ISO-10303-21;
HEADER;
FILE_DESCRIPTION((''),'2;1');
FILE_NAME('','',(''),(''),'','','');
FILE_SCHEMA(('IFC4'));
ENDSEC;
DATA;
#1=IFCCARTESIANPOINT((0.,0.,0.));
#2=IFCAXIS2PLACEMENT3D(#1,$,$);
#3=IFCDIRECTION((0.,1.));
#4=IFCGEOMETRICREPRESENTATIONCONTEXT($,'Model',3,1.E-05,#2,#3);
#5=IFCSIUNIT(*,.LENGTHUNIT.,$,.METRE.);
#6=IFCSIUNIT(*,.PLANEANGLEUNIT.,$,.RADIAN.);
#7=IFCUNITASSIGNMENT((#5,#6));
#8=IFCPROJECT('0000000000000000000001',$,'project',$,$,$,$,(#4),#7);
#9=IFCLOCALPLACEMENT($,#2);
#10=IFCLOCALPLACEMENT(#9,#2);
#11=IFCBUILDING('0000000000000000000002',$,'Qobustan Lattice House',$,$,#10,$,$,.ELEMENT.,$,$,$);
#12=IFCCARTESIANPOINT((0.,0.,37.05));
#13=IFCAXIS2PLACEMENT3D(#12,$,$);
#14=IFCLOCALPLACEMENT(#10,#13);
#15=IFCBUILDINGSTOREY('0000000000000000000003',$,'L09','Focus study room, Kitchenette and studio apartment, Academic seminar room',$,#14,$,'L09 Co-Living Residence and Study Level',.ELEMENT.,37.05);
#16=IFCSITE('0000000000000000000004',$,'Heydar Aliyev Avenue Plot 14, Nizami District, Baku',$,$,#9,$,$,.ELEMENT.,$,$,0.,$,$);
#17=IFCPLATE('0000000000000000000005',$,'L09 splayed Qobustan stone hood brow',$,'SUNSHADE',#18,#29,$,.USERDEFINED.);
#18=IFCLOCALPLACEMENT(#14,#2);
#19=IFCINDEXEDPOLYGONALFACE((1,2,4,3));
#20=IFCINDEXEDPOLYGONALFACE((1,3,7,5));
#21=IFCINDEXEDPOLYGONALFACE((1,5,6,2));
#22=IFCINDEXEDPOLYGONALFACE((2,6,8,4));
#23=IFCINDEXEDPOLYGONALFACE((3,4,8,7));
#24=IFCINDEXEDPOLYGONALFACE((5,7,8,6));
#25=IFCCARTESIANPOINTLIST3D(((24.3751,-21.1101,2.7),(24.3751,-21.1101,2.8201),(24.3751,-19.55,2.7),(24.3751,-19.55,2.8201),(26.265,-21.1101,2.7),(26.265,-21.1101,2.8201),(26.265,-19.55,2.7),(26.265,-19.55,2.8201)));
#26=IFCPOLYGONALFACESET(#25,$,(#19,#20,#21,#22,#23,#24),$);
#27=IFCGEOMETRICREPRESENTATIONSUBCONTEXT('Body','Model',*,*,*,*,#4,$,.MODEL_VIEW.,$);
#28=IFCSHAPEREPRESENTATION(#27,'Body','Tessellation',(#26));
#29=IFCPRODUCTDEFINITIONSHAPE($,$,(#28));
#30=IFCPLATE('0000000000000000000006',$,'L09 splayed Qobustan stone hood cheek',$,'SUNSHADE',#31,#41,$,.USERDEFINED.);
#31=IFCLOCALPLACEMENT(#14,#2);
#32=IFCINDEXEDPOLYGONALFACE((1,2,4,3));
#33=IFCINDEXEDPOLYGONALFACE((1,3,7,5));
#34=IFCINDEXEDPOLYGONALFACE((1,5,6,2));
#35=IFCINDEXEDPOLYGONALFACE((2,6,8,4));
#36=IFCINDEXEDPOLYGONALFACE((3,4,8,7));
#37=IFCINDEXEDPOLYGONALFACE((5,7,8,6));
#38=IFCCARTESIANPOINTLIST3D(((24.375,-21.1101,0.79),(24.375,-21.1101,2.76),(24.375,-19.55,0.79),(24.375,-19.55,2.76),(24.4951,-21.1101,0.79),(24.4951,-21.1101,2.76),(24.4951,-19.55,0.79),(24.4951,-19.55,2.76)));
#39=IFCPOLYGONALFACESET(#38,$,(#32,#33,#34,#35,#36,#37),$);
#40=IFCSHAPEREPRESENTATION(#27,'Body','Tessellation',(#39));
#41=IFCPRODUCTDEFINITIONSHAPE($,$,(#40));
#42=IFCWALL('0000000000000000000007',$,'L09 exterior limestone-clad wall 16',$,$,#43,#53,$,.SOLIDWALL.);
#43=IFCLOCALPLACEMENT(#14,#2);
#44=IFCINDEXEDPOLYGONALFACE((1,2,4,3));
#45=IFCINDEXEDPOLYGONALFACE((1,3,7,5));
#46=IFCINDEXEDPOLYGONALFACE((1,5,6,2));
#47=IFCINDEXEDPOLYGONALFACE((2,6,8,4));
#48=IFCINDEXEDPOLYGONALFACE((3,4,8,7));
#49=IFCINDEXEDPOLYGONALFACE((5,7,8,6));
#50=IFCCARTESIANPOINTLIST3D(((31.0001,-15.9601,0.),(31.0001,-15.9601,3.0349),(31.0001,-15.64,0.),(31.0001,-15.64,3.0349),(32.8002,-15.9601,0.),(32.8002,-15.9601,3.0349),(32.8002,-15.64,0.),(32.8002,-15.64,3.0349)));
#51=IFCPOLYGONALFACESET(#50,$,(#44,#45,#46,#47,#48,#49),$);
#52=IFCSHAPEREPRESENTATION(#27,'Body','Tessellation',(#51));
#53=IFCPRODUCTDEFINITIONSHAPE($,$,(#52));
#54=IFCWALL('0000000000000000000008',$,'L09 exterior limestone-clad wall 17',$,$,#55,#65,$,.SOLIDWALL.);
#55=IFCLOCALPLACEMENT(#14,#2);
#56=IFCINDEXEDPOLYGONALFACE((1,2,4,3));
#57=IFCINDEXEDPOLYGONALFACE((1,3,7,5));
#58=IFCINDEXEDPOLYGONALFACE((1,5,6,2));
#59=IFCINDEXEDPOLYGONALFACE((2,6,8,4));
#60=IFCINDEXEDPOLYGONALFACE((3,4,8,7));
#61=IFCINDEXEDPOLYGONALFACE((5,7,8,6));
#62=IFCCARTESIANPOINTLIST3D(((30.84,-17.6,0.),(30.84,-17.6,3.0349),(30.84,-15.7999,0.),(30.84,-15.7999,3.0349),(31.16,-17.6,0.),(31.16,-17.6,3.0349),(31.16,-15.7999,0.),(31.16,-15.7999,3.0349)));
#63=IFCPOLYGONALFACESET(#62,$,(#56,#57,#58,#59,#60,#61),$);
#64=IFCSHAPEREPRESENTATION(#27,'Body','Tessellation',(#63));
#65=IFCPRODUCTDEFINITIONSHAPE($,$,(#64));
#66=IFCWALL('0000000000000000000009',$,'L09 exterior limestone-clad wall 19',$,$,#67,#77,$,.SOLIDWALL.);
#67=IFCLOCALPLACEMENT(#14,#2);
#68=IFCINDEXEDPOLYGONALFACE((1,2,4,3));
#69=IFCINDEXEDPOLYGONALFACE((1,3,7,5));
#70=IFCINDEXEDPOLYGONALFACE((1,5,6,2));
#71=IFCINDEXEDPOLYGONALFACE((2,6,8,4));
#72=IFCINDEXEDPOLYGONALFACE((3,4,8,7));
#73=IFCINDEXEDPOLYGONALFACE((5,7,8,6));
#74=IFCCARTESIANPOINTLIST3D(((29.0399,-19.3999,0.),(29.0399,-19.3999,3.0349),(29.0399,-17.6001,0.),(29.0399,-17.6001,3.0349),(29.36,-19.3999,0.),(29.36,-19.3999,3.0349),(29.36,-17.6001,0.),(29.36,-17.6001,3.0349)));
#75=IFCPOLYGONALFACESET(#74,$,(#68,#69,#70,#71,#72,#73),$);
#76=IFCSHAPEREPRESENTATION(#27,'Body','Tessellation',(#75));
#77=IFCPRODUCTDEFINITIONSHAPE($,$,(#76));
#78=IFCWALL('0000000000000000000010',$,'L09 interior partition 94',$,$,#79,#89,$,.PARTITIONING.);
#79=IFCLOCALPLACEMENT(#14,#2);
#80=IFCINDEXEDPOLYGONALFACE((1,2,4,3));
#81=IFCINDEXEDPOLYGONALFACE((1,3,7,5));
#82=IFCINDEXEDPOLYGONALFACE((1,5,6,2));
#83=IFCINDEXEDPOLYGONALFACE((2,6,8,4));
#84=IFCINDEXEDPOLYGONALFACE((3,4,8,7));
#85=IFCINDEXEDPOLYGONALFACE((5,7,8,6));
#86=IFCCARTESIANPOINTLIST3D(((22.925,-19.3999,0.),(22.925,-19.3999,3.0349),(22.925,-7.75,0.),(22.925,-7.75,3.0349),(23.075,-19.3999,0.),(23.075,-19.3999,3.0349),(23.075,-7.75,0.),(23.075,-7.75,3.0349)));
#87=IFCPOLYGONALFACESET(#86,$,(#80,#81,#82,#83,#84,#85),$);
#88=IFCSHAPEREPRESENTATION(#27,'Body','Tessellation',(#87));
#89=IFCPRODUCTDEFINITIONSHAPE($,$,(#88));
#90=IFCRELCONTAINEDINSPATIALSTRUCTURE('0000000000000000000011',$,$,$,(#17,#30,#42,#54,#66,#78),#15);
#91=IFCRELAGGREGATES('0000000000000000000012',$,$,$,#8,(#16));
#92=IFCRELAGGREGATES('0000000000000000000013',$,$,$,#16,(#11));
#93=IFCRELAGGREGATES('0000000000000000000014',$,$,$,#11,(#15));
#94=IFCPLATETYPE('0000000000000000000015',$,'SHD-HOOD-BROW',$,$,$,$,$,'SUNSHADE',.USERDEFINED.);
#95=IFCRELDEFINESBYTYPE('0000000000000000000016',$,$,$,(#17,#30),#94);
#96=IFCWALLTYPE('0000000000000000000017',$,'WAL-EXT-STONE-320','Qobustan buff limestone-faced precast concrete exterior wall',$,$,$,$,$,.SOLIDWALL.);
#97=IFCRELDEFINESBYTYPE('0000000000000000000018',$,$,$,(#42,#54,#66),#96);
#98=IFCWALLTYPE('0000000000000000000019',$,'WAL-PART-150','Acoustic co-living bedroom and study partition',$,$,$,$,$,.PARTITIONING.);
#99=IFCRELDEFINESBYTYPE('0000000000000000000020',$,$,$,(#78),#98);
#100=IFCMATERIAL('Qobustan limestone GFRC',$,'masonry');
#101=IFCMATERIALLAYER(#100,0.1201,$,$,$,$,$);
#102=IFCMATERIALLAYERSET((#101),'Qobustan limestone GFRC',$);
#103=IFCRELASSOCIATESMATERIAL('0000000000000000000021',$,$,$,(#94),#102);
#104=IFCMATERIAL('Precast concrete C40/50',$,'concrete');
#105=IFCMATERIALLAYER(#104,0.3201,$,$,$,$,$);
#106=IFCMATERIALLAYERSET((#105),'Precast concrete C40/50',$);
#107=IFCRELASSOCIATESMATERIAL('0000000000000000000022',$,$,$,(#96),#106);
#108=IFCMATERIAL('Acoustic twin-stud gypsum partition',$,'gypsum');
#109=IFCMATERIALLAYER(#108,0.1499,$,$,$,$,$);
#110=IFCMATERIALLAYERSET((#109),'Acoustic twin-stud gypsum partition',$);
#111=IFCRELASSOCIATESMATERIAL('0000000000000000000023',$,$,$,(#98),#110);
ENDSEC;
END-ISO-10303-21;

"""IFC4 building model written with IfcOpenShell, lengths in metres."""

from ifc_helpers import new_model, si_unit, direction, frame, frame_2d, origin, origin_2d, place, context, subcontext, project, spatial, rectangle, extrude, material, layer, layer_set, type_object, element, save


model = new_model("IFC4")

# Units and contexts
model_context = context("Model", 3, precision=1e-05, world=origin(), true_north=direction((0.0, 1.0)))
body_context = subcontext(model_context, "Body", "Model", "MODEL_VIEW")
ifc_project = project(units=[si_unit("LENGTHUNIT", "METRE"), si_unit("PLANEANGLEUNIT", "RADIAN")], contexts=[model_context])

# Site, building, storey
site_placement = place(None, origin())
site = spatial("IfcSite", under=ifc_project, at=site_placement, Name="Heydar Aliyev Avenue Plot 14, Nizami District, Baku", CompositionType="ELEMENT", RefElevation=0.0)
building_placement = place(site_placement, origin())
building = spatial("IfcBuilding", under=site, at=building_placement, Name="Qobustan Lattice House", CompositionType="ELEMENT")
storey_placement = place(building_placement, frame((0.0, 0.0, 37.05)))
storey = spatial("IfcBuildingStorey", under=building, at=storey_placement, Name="L09", Description="Focus study room, Kitchenette and studio apartment, Academic seminar room", LongName="L09 Co-Living Residence and Study Level", CompositionType="ELEMENT", Elevation=37.05)

# Plates
ifc_material_1 = material(Name="Qobustan limestone GFRC", Category="masonry")
ifc_layer_1 = layer(ifc_material_1, 0.1201)
ifc_layer_set_1 = layer_set([ifc_layer_1], Name="Qobustan limestone GFRC")
plate_type_1 = type_object("IfcPlateType", Name="SHD-HOOD-BROW", ElementType="SUNSHADE", PredefinedType="USERDEFINED", material=ifc_layer_set_1)
plate_1_placement = place(storey_placement, frame((25.3201, -20.3301, 2.7), z_axis=(0.0, 0.0, 1.0), x_axis=(-1.0, 0.0, 0.0)))
element("IfcPlate", 1, at=plate_1_placement, inside=storey, type_object=plate_type_1, Name="L09 splayed Qobustan stone hood brow", ObjectType="SUNSHADE", PredefinedType="USERDEFINED", context=body_context, shape_type="SweptSolid", body=[
    extrude(rectangle(XDim=1.8899, YDim=1.5601, at=origin_2d()), origin(), (0.0, 0.0, 1.0), 0.1201),
])
plate_2_placement = place(storey_placement, frame((24.4351, -20.3301, 0.79), z_axis=(0.0, 0.0, 1.0), x_axis=(-1.0, 0.0, 0.0)))
element("IfcPlate", 2, at=plate_2_placement, inside=storey, type_object=plate_type_1, Name="L09 splayed Qobustan stone hood cheek", ObjectType="SUNSHADE", PredefinedType="USERDEFINED", context=body_context, shape_type="SweptSolid", body=[
    extrude(rectangle(XDim=0.1201, YDim=1.5601, at=origin_2d()), origin(), (0.0, 0.0, 1.0), 1.97),
])

# Walls
ifc_material_2 = material(Name="Precast concrete C40/50", Category="concrete")
ifc_layer_2 = layer(ifc_material_2, 0.3201)
ifc_layer_set_2 = layer_set([ifc_layer_2], Name="Precast concrete C40/50")
wall_type_1 = type_object("IfcWallType", Name="WAL-EXT-STONE-320", Description="Qobustan buff limestone-faced precast concrete exterior wall", PredefinedType="SOLIDWALL", material=ifc_layer_set_2)
for number, where, z_axis, x_axis, name in (
    (3, (32.8, -15.8, 0.0), (0.0, 0.0, 1.0), (-1.0, 0.0, 0.0), "L09 exterior limestone-clad wall 16"),
    (4, (31.0, -15.8, 0.0), (0.0, 0.0, 1.0), (0.0, -1.0, 0.0), "L09 exterior limestone-clad wall 17"),
):
    element("IfcWall", number, at=place(storey_placement, frame(where, z_axis=z_axis, x_axis=x_axis)), inside=storey, type_object=wall_type_1, Name=name, PredefinedType="SOLIDWALL", context=body_context, shape_type="SweptSolid", body=[
        extrude(rectangle(XDim=1.8, YDim=0.3201, at=frame_2d((0.8999, 0.0))), origin(), (0.0, 0.0, 1.0), 3.0349),
    ])
wall_1_placement = place(storey_placement, frame((29.2, -17.6001, 0.0), z_axis=(0.0, 0.0, 1.0), x_axis=(0.0, -1.0, 0.0)))
element("IfcWall", 5, at=wall_1_placement, inside=storey, type_object=wall_type_1, Name="L09 exterior limestone-clad wall 19", PredefinedType="SOLIDWALL", context=body_context, shape_type="SweptSolid", body=[
    extrude(rectangle(XDim=1.7998, YDim=0.3201, at=frame_2d((0.8999, 0.0))), origin(), (0.0, 0.0, 1.0), 3.0349),
])

# Wall
ifc_material_3 = material(Name="Acoustic twin-stud gypsum partition", Category="gypsum")
ifc_layer_3 = layer(ifc_material_3, 0.1499)
ifc_layer_set_3 = layer_set([ifc_layer_3], Name="Acoustic twin-stud gypsum partition")
wall_type_2 = type_object("IfcWallType", Name="WAL-PART-150", Description="Acoustic co-living bedroom and study partition", PredefinedType="PARTITIONING", material=ifc_layer_set_3)
wall_2_placement = place(storey_placement, frame((23.0, -19.3999, 0.0), z_axis=(0.0, 0.0, 1.0), x_axis=(0.0, 1.0, 0.0)))
element("IfcWall", 6, at=wall_2_placement, inside=storey, type_object=wall_type_2, Name="L09 interior partition 94", PredefinedType="PARTITIONING", context=body_context, shape_type="SweptSolid", body=[
    extrude(rectangle(XDim=11.6499, YDim=0.1499, at=frame_2d((5.825, 0.0))), origin(), (0.0, 0.0, 1.0), 3.0349),
])

save(model, "model.ifc")
